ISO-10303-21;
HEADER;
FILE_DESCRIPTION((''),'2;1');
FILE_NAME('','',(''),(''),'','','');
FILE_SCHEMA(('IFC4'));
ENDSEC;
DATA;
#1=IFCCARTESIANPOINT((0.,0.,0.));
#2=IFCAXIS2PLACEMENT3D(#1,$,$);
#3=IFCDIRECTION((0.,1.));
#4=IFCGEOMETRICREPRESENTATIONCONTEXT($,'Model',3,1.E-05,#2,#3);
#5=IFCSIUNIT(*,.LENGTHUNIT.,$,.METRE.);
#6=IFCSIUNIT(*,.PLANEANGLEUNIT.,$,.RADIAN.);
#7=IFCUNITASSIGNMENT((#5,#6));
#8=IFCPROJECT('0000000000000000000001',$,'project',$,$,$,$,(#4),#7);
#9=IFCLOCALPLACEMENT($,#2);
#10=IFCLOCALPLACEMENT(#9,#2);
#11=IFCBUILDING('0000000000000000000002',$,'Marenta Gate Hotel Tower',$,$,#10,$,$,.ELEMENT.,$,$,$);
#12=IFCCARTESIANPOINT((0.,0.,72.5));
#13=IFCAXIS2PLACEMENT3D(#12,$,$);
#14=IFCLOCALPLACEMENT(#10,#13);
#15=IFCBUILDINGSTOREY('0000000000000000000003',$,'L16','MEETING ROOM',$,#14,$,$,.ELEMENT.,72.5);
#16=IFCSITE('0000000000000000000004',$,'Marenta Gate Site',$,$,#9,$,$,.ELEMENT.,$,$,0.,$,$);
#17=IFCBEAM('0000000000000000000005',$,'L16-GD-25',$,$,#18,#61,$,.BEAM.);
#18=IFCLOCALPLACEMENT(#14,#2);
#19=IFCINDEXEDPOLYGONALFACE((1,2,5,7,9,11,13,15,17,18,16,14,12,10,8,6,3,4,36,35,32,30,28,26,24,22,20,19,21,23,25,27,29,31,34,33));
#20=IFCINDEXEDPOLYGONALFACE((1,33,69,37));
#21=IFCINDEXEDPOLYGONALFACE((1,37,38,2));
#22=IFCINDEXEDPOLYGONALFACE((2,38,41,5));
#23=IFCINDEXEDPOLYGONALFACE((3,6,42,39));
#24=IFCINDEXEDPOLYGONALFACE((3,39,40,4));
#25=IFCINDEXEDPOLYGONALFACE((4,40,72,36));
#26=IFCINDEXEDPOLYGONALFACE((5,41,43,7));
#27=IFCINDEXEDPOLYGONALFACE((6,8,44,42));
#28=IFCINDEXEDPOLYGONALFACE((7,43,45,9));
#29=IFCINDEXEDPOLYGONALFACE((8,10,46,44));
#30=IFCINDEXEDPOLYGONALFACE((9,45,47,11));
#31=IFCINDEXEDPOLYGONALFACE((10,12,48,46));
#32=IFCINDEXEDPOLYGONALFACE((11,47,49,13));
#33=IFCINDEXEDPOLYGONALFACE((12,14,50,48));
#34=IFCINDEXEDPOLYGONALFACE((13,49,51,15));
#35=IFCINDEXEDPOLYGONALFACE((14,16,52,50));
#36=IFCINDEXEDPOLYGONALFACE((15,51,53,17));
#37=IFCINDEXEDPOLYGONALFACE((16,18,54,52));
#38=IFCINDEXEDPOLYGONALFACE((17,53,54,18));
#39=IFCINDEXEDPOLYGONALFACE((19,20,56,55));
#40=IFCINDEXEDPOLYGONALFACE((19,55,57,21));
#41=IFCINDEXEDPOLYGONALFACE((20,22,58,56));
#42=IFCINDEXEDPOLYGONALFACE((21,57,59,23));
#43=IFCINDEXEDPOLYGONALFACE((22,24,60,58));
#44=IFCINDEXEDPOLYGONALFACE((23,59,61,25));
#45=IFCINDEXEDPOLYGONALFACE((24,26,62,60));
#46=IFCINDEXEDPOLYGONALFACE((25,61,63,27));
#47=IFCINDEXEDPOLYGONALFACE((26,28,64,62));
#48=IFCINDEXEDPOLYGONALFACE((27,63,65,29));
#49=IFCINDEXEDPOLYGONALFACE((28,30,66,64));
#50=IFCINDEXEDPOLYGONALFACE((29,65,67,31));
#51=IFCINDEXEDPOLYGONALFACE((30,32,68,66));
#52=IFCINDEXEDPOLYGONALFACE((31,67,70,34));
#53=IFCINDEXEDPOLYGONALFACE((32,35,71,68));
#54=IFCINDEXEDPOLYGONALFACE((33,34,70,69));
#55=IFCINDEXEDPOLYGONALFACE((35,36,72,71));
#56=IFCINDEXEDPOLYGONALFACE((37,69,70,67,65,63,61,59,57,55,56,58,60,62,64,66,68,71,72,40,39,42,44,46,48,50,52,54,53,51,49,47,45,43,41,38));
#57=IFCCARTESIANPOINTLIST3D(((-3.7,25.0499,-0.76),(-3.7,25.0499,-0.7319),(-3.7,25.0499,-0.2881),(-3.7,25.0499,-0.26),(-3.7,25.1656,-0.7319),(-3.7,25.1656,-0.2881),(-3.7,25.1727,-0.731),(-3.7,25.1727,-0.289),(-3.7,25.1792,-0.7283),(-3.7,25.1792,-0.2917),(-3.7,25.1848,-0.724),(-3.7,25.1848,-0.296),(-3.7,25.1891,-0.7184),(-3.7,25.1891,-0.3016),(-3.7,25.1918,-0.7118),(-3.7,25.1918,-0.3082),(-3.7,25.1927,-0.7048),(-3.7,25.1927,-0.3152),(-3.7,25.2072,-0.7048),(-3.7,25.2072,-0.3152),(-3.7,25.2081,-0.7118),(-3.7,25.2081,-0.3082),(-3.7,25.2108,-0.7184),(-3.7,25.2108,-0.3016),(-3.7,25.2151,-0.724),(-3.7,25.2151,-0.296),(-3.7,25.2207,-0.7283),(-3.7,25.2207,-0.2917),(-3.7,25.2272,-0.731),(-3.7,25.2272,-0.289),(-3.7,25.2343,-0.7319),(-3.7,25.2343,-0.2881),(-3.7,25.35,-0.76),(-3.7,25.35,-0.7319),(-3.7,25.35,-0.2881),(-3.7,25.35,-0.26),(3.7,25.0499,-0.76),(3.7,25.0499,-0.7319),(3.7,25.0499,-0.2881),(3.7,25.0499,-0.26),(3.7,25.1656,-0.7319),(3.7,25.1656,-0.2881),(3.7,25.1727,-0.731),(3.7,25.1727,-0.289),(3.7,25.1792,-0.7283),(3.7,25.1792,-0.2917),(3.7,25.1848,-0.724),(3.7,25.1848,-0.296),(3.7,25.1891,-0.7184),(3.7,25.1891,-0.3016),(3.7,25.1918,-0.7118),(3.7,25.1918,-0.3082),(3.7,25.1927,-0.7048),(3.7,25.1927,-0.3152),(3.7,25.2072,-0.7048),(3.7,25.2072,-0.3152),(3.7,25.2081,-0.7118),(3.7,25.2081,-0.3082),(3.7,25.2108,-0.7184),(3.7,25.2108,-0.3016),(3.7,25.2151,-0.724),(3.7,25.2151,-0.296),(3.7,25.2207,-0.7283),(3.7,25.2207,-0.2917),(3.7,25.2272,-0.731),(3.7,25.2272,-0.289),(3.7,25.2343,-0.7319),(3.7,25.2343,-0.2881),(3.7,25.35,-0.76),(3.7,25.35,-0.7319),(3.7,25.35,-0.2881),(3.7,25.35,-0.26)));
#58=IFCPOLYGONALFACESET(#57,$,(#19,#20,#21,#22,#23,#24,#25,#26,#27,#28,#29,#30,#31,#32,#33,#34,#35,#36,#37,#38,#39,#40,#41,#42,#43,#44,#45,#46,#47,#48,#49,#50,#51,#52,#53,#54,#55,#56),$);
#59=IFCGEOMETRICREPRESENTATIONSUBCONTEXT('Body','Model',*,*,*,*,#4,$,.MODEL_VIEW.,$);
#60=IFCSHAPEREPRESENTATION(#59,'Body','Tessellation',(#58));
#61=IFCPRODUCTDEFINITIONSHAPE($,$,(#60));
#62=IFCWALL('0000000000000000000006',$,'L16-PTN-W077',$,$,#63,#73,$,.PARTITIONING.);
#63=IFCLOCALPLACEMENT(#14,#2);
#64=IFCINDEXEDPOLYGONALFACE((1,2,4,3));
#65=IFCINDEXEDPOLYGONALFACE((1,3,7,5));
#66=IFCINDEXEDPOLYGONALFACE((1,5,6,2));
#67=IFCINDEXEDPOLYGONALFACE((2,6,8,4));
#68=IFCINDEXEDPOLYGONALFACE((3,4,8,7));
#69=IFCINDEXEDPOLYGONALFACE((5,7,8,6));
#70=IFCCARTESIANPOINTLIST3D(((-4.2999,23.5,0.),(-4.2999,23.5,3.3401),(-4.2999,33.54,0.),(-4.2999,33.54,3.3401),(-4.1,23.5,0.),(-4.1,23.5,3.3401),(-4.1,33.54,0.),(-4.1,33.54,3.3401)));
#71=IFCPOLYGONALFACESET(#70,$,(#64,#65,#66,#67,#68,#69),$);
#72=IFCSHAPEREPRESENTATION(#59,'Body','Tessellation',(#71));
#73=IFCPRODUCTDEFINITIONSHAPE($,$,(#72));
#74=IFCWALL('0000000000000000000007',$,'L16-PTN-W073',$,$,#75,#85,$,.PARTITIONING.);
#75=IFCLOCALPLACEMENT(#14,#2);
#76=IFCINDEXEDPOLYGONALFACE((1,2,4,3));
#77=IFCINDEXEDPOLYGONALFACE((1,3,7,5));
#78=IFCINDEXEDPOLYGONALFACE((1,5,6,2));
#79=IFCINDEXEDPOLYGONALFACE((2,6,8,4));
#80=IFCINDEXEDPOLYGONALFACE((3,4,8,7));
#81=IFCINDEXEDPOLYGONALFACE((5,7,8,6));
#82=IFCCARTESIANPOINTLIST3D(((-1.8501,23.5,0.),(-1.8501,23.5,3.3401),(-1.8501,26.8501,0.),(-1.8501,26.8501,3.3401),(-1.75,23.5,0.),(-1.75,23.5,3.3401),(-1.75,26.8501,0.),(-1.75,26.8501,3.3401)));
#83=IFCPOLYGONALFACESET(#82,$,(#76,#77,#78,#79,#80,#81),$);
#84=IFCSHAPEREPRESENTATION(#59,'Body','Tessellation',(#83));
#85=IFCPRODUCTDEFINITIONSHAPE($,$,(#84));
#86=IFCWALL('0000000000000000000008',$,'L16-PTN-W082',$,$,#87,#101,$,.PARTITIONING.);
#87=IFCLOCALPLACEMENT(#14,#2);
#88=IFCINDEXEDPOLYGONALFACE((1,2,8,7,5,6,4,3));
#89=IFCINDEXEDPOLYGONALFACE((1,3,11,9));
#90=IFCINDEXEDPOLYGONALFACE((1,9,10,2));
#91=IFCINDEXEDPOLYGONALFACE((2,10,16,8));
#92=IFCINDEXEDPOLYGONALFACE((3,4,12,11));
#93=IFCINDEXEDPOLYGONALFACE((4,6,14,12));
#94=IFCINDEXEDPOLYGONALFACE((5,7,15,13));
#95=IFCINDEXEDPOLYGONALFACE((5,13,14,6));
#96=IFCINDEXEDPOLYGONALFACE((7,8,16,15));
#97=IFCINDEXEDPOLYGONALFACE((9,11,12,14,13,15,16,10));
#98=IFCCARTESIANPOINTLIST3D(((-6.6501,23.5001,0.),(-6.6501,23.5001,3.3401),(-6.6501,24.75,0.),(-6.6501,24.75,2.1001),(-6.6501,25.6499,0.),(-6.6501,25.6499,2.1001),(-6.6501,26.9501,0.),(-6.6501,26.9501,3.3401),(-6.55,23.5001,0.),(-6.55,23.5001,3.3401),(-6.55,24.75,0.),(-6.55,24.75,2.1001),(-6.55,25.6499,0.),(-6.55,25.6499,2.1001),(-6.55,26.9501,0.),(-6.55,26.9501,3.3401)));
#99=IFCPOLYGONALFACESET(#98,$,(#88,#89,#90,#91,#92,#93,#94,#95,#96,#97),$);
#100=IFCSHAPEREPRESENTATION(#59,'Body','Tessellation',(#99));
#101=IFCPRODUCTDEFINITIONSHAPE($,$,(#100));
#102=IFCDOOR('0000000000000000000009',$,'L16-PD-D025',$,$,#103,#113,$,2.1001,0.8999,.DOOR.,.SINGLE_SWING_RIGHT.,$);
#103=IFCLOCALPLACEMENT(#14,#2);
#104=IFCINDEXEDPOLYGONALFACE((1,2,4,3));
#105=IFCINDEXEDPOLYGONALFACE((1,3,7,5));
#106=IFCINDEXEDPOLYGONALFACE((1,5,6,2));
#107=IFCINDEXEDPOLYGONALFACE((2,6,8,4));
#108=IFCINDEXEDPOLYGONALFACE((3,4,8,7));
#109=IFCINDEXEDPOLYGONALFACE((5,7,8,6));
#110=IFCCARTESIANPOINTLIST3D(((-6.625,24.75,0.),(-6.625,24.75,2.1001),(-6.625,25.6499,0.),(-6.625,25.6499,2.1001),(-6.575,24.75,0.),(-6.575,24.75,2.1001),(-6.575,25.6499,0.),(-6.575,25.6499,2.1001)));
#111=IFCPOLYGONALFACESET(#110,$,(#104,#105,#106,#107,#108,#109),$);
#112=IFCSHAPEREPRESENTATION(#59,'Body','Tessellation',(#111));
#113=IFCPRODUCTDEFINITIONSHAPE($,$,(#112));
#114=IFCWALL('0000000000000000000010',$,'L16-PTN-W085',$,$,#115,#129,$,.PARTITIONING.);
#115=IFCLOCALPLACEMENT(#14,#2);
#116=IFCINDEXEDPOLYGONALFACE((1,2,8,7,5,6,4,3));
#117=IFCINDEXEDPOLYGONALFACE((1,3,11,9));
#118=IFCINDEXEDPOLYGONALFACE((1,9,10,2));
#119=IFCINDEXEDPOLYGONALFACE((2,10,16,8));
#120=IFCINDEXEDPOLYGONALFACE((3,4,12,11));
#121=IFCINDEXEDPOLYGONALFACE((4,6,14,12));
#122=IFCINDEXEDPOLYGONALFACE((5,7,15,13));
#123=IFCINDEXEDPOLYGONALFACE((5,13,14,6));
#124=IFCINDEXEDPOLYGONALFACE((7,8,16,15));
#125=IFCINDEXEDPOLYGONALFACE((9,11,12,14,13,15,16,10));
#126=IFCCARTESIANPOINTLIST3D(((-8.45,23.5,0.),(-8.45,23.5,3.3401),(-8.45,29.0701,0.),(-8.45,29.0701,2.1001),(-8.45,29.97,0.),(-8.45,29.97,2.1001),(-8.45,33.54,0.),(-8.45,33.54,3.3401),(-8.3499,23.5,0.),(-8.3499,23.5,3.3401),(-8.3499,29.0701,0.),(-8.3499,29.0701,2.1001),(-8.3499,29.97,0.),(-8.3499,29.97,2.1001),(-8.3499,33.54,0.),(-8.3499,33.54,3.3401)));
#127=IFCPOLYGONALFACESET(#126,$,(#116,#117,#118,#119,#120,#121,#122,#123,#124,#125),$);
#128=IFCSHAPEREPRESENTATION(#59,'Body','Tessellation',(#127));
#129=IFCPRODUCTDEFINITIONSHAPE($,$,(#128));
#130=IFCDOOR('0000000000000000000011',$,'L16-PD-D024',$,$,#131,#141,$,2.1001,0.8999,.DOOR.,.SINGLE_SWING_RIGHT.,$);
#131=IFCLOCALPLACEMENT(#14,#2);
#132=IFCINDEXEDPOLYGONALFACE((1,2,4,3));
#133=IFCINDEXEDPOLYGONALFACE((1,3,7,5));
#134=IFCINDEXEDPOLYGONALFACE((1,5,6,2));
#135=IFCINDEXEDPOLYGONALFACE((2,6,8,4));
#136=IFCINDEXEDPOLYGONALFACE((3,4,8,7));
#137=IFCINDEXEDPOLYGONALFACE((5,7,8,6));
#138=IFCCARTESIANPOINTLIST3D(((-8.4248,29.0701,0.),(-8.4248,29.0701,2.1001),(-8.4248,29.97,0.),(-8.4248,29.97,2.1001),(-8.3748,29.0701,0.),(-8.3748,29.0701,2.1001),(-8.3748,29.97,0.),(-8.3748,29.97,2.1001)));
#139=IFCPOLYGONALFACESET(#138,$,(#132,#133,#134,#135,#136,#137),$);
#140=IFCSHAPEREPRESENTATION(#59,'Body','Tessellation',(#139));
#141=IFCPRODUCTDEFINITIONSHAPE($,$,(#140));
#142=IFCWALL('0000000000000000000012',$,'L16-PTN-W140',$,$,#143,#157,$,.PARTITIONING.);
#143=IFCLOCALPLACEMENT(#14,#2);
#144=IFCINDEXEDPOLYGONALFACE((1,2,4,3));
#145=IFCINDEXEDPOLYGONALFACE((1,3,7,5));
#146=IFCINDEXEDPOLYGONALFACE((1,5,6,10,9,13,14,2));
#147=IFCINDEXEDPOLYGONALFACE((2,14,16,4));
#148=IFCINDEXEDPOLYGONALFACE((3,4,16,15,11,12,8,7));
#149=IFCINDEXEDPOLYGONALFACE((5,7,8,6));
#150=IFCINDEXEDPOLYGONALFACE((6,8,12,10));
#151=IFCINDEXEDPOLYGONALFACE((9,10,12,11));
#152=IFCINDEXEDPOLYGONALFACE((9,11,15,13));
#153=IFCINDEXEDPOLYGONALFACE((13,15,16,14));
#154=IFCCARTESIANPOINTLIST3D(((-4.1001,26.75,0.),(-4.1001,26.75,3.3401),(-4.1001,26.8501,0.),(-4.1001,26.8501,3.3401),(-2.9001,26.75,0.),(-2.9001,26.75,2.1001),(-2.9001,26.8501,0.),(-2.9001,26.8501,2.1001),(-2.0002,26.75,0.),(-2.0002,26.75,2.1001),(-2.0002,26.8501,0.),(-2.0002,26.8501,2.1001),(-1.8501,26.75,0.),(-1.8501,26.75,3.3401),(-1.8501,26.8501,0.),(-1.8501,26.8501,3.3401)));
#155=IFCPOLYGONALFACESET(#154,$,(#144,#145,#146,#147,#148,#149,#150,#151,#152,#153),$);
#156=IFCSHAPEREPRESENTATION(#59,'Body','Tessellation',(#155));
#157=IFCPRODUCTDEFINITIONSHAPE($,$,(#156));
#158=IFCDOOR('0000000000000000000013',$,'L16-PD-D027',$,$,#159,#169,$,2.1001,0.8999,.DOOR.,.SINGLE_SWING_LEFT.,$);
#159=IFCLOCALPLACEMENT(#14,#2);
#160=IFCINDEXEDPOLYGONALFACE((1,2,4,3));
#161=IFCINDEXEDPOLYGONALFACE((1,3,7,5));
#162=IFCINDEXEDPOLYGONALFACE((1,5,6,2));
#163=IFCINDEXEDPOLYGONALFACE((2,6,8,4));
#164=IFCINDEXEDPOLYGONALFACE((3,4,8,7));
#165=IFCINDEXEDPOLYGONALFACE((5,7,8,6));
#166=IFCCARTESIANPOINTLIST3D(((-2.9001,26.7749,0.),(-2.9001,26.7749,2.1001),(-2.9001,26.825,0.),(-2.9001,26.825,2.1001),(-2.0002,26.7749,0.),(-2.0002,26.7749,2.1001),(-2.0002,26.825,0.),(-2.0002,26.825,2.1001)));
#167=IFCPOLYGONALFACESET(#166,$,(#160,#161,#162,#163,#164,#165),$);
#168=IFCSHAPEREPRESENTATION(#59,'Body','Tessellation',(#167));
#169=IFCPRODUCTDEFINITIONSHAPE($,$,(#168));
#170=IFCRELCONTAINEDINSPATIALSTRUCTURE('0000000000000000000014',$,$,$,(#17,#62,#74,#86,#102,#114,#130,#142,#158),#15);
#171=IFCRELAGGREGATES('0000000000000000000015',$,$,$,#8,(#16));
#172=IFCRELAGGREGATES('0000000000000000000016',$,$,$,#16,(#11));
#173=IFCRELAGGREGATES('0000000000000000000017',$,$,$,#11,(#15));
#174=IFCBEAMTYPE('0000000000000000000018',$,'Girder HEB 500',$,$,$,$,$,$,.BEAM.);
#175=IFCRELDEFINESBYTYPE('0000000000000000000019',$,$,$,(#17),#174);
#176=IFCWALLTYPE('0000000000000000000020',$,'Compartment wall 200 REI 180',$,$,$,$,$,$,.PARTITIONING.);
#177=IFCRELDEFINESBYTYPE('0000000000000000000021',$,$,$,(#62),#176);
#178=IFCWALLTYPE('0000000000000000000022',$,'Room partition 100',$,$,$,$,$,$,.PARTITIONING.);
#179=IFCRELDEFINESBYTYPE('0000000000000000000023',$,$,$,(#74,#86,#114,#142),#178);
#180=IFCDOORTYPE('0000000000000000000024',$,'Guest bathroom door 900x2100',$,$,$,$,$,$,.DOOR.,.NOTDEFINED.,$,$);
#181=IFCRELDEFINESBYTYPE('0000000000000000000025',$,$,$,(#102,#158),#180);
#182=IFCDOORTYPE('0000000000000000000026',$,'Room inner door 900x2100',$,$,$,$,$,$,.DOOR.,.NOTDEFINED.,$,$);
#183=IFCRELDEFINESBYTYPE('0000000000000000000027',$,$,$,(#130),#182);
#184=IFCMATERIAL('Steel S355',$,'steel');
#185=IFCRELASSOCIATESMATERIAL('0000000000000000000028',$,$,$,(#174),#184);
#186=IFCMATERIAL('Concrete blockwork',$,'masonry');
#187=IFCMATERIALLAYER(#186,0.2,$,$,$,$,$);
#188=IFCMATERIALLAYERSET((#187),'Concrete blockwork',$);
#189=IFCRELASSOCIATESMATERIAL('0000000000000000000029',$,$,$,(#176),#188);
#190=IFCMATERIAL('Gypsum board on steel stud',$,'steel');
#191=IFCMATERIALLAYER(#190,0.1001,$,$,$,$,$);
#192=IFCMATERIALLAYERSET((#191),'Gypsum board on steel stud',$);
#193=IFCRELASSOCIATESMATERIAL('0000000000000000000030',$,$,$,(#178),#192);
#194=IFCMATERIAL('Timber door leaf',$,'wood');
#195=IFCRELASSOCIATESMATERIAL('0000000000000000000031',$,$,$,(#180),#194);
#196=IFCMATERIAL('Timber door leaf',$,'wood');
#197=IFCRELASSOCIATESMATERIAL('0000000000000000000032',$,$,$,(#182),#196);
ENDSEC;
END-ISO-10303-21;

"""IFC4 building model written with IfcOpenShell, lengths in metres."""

from ifc_helpers import new_model, si_unit, direction, frame, frame_2d, origin, origin_2d, place, context, subcontext, project, spatial, rectangle, i_section, extrude, material, layer, layer_set, material_profile, profile_set, type_object, element, fill, save


model = new_model("IFC4")

# Units and contexts
model_context = context("Model", 3, precision=1e-05, world=origin(), true_north=direction((0.0, 1.0)))
body_context = subcontext(model_context, "Body", "Model", "MODEL_VIEW")
ifc_project = project(units=[si_unit("LENGTHUNIT", "METRE"), si_unit("PLANEANGLEUNIT", "RADIAN")], contexts=[model_context])

# Site, building, storey
site_placement = place(None, origin())
site = spatial("IfcSite", under=ifc_project, at=site_placement, Name="Marenta Gate Site", CompositionType="ELEMENT", RefElevation=0.0)
building_placement = place(site_placement, origin())
building = spatial("IfcBuilding", under=site, at=building_placement, Name="Marenta Gate Hotel Tower", CompositionType="ELEMENT")
storey_placement = place(building_placement, frame((0.0, 0.0, 72.5)))
storey = spatial("IfcBuildingStorey", under=building, at=storey_placement, Name="L16", Description="MEETING ROOM", CompositionType="ELEMENT", Elevation=72.5)

# Beam
ifc_material_1 = material(Name="Steel S355", Category="steel")
ifc_material_profile_1 = material_profile(ifc_material_1, i_section(OverallWidth=0.3, OverallDepth=0.5, WebThickness=0.0144, FlangeThickness=0.0281, FilletRadius=0.0271, at=origin_2d()), Name="HEB 500")
ifc_profile_set_1 = profile_set([ifc_material_profile_1], Name="Steel S355")
beam_type_1 = type_object("IfcBeamType", Name="Girder HEB 500", PredefinedType="BEAM", material=ifc_profile_set_1)
beam_1_placement = place(storey_placement, frame((-3.7, 25.2, -0.51), z_axis=(1.0, 0.0, 0.0), x_axis=(0.0, 1.0, 0.0)))
element("IfcBeam", 1, at=beam_1_placement, inside=storey, type_object=beam_type_1, Name="L16-GD-25", PredefinedType="BEAM", context=body_context, shape_type="SweptSolid", body=[
    extrude(i_section(OverallWidth=0.3, OverallDepth=0.5, WebThickness=0.0144, FlangeThickness=0.0281, FilletRadius=0.0271, at=origin_2d()), origin(), (0.0, 0.0, 1.0), 7.3999),
])

# Walls
ifc_material_2 = material(Name="Concrete blockwork", Category="masonry")
ifc_layer_1 = layer(ifc_material_2, 0.2)
ifc_layer_set_1 = layer_set([ifc_layer_1], Name="Concrete blockwork")
wall_type_1 = type_object("IfcWallType", Name="Compartment wall 200 REI 180", PredefinedType="PARTITIONING", material=ifc_layer_set_1)
wall_1_placement = place(storey_placement, frame((-4.2, 23.5, 0.0), z_axis=(0.0, 0.0, 1.0), x_axis=(0.0, 1.0, 0.0)))
element("IfcWall", 2, at=wall_1_placement, inside=storey, type_object=wall_type_1, Name="L16-PTN-W077", PredefinedType="PARTITIONING", context=body_context, shape_type="SweptSolid", body=[
    extrude(rectangle(XDim=10.04, YDim=0.2, at=frame_2d((5.02, 0.0))), origin(), (0.0, 0.0, 1.0), 3.3401),
])
ifc_material_3 = material(Name="Gypsum board on steel stud", Category="steel")
ifc_layer_2 = layer(ifc_material_3, 0.1001)
ifc_layer_set_2 = layer_set([ifc_layer_2], Name="Gypsum board on steel stud")
wall_type_2 = type_object("IfcWallType", Name="Room partition 100", PredefinedType="PARTITIONING", material=ifc_layer_set_2)
wall_2_placement = place(storey_placement, frame((-1.8, 23.5, 0.0), z_axis=(0.0, 0.0, 1.0), x_axis=(0.0, 1.0, 0.0)))
element("IfcWall", 3, at=wall_2_placement, inside=storey, type_object=wall_type_2, Name="L16-PTN-W073", PredefinedType="PARTITIONING", context=body_context, shape_type="SweptSolid", body=[
    extrude(rectangle(XDim=3.3501, YDim=0.1001, at=frame_2d((1.675, 0.0))), origin(), (0.0, 0.0, 1.0), 3.3401),
])

# Walls, openings, doors
wall_3_placement = place(storey_placement, frame((-6.6001, 23.5, 0.0), z_axis=(0.0, 0.0, 1.0), x_axis=(0.0, 1.0, 0.0)))
wall_3 = element("IfcWall", 4, at=wall_3_placement, inside=storey, type_object=wall_type_2, Name="L16-PTN-W082", PredefinedType="PARTITIONING", context=body_context, shape_type="SweptSolid", body=[
    extrude(rectangle(XDim=3.45, YDim=0.1001, at=frame_2d((1.7251, 0.0))), origin(), (0.0, 0.0, 1.0), 3.3401),
])
opening_1_placement = place(wall_3_placement, frame((1.25, 0.0, 0.0)))
opening_1 = element("IfcOpeningElement", 5, at=opening_1_placement, cuts=wall_3, PredefinedType="OPENING", context=body_context, shape_type="SweptSolid", body=[
    extrude(rectangle(XDim=0.8999, YDim=2.1001, at=frame_2d((0.45, 1.05))), frame((0.0, 0.05, 0.0), z_axis=(0.0, -1.0, 0.0), x_axis=(1.0, 0.0, 0.0)), (0.0, 0.0, 1.0), 0.1001),
])
ifc_material_4 = material(Name="Timber door leaf", Category="wood")
door_type_1 = type_object("IfcDoorType", Name="Guest bathroom door 900x2100", OperationType="NOTDEFINED", PredefinedType="DOOR", material=ifc_material_4)
door_1_placement = place(opening_1_placement, origin())
door_1 = element("IfcDoor", 6, at=door_1_placement, inside=storey, type_object=door_type_1, Name="L16-PD-D025", OperationType="SINGLE_SWING_RIGHT", OverallHeight=2.1001, OverallWidth=0.8999, PredefinedType="DOOR", context=body_context, shape_type="SweptSolid", body=[
    extrude(rectangle(XDim=0.8999, YDim=2.1001, at=frame_2d((0.45, 1.05))), frame((0.0, 0.0249, 0.0), z_axis=(0.0, -1.0, 0.0), x_axis=(1.0, 0.0, 0.0)), (0.0, 0.0, 1.0), 0.05),
])
fill(opening_1, door_1)
wall_4_placement = place(storey_placement, frame((-8.3999, 23.5, 0.0), z_axis=(0.0, 0.0, 1.0), x_axis=(0.0, 1.0, 0.0)))
wall_4 = element("IfcWall", 7, at=wall_4_placement, inside=storey, type_object=wall_type_2, Name="L16-PTN-W085", PredefinedType="PARTITIONING", context=body_context, shape_type="SweptSolid", body=[
    extrude(rectangle(XDim=10.04, YDim=0.1001, at=frame_2d((5.02, 0.0))), origin(), (0.0, 0.0, 1.0), 3.3401),
])
opening_2_placement = place(wall_4_placement, frame((5.5701, 0.0, 0.0)))
opening_2 = element("IfcOpeningElement", 8, at=opening_2_placement, cuts=wall_4, PredefinedType="OPENING", context=body_context, shape_type="SweptSolid", body=[
    extrude(rectangle(XDim=0.8999, YDim=2.1001, at=frame_2d((0.45, 1.05))), frame((0.0, 0.05, 0.0), z_axis=(0.0, -1.0, 0.0), x_axis=(1.0, 0.0, 0.0)), (0.0, 0.0, 1.0), 0.1001),
])
ifc_material_5 = material(Name="Timber door leaf", Category="wood")
door_type_2 = type_object("IfcDoorType", Name="Room inner door 900x2100", OperationType="NOTDEFINED", PredefinedType="DOOR", material=ifc_material_5)
door_2_placement = place(opening_2_placement, origin())
door_2 = element("IfcDoor", 9, at=door_2_placement, inside=storey, type_object=door_type_2, Name="L16-PD-D024", OperationType="SINGLE_SWING_RIGHT", OverallHeight=2.1001, OverallWidth=0.8999, PredefinedType="DOOR", context=body_context, shape_type="SweptSolid", body=[
    extrude(rectangle(XDim=0.8999, YDim=2.1001, at=frame_2d((0.45, 1.05))), frame((0.0, 0.0249, 0.0), z_axis=(0.0, -1.0, 0.0), x_axis=(1.0, 0.0, 0.0)), (0.0, 0.0, 1.0), 0.05),
])
fill(opening_2, door_2)
wall_5_placement = place(storey_placement, frame((-4.1001, 26.8, 0.0), z_axis=(0.0, 0.0, 1.0), x_axis=(1.0, 0.0, 0.0)))
wall_5 = element("IfcWall", 10, at=wall_5_placement, inside=storey, type_object=wall_type_2, Name="L16-PTN-W140", PredefinedType="PARTITIONING", context=body_context, shape_type="SweptSolid", body=[
    extrude(rectangle(XDim=2.25, YDim=0.1001, at=frame_2d((1.125, 0.0))), origin(), (0.0, 0.0, 1.0), 3.3401),
])
opening_3_placement = place(wall_5_placement, frame((1.2, 0.0, 0.0)))
opening_3 = element("IfcOpeningElement", 11, at=opening_3_placement, cuts=wall_5, PredefinedType="OPENING", context=body_context, shape_type="SweptSolid", body=[
    extrude(rectangle(XDim=0.8999, YDim=2.1001, at=frame_2d((0.45, 1.05))), frame((0.0, 0.05, 0.0), z_axis=(0.0, -1.0, 0.0), x_axis=(1.0, 0.0, 0.0)), (0.0, 0.0, 1.0), 0.1001),
])
door_3_placement = place(opening_3_placement, origin())
door_3 = element("IfcDoor", 12, at=door_3_placement, inside=storey, type_object=door_type_1, Name="L16-PD-D027", OperationType="SINGLE_SWING_LEFT", OverallHeight=2.1001, OverallWidth=0.8999, PredefinedType="DOOR", context=body_context, shape_type="SweptSolid", body=[
    extrude(rectangle(XDim=0.8999, YDim=2.1001, at=frame_2d((0.45, 1.05))), frame((0.0, 0.0249, 0.0), z_axis=(0.0, -1.0, 0.0), x_axis=(1.0, 0.0, 0.0)), (0.0, 0.0, 1.0), 0.05),
])
fill(opening_3, door_3)

save(model, "model.ifc")
